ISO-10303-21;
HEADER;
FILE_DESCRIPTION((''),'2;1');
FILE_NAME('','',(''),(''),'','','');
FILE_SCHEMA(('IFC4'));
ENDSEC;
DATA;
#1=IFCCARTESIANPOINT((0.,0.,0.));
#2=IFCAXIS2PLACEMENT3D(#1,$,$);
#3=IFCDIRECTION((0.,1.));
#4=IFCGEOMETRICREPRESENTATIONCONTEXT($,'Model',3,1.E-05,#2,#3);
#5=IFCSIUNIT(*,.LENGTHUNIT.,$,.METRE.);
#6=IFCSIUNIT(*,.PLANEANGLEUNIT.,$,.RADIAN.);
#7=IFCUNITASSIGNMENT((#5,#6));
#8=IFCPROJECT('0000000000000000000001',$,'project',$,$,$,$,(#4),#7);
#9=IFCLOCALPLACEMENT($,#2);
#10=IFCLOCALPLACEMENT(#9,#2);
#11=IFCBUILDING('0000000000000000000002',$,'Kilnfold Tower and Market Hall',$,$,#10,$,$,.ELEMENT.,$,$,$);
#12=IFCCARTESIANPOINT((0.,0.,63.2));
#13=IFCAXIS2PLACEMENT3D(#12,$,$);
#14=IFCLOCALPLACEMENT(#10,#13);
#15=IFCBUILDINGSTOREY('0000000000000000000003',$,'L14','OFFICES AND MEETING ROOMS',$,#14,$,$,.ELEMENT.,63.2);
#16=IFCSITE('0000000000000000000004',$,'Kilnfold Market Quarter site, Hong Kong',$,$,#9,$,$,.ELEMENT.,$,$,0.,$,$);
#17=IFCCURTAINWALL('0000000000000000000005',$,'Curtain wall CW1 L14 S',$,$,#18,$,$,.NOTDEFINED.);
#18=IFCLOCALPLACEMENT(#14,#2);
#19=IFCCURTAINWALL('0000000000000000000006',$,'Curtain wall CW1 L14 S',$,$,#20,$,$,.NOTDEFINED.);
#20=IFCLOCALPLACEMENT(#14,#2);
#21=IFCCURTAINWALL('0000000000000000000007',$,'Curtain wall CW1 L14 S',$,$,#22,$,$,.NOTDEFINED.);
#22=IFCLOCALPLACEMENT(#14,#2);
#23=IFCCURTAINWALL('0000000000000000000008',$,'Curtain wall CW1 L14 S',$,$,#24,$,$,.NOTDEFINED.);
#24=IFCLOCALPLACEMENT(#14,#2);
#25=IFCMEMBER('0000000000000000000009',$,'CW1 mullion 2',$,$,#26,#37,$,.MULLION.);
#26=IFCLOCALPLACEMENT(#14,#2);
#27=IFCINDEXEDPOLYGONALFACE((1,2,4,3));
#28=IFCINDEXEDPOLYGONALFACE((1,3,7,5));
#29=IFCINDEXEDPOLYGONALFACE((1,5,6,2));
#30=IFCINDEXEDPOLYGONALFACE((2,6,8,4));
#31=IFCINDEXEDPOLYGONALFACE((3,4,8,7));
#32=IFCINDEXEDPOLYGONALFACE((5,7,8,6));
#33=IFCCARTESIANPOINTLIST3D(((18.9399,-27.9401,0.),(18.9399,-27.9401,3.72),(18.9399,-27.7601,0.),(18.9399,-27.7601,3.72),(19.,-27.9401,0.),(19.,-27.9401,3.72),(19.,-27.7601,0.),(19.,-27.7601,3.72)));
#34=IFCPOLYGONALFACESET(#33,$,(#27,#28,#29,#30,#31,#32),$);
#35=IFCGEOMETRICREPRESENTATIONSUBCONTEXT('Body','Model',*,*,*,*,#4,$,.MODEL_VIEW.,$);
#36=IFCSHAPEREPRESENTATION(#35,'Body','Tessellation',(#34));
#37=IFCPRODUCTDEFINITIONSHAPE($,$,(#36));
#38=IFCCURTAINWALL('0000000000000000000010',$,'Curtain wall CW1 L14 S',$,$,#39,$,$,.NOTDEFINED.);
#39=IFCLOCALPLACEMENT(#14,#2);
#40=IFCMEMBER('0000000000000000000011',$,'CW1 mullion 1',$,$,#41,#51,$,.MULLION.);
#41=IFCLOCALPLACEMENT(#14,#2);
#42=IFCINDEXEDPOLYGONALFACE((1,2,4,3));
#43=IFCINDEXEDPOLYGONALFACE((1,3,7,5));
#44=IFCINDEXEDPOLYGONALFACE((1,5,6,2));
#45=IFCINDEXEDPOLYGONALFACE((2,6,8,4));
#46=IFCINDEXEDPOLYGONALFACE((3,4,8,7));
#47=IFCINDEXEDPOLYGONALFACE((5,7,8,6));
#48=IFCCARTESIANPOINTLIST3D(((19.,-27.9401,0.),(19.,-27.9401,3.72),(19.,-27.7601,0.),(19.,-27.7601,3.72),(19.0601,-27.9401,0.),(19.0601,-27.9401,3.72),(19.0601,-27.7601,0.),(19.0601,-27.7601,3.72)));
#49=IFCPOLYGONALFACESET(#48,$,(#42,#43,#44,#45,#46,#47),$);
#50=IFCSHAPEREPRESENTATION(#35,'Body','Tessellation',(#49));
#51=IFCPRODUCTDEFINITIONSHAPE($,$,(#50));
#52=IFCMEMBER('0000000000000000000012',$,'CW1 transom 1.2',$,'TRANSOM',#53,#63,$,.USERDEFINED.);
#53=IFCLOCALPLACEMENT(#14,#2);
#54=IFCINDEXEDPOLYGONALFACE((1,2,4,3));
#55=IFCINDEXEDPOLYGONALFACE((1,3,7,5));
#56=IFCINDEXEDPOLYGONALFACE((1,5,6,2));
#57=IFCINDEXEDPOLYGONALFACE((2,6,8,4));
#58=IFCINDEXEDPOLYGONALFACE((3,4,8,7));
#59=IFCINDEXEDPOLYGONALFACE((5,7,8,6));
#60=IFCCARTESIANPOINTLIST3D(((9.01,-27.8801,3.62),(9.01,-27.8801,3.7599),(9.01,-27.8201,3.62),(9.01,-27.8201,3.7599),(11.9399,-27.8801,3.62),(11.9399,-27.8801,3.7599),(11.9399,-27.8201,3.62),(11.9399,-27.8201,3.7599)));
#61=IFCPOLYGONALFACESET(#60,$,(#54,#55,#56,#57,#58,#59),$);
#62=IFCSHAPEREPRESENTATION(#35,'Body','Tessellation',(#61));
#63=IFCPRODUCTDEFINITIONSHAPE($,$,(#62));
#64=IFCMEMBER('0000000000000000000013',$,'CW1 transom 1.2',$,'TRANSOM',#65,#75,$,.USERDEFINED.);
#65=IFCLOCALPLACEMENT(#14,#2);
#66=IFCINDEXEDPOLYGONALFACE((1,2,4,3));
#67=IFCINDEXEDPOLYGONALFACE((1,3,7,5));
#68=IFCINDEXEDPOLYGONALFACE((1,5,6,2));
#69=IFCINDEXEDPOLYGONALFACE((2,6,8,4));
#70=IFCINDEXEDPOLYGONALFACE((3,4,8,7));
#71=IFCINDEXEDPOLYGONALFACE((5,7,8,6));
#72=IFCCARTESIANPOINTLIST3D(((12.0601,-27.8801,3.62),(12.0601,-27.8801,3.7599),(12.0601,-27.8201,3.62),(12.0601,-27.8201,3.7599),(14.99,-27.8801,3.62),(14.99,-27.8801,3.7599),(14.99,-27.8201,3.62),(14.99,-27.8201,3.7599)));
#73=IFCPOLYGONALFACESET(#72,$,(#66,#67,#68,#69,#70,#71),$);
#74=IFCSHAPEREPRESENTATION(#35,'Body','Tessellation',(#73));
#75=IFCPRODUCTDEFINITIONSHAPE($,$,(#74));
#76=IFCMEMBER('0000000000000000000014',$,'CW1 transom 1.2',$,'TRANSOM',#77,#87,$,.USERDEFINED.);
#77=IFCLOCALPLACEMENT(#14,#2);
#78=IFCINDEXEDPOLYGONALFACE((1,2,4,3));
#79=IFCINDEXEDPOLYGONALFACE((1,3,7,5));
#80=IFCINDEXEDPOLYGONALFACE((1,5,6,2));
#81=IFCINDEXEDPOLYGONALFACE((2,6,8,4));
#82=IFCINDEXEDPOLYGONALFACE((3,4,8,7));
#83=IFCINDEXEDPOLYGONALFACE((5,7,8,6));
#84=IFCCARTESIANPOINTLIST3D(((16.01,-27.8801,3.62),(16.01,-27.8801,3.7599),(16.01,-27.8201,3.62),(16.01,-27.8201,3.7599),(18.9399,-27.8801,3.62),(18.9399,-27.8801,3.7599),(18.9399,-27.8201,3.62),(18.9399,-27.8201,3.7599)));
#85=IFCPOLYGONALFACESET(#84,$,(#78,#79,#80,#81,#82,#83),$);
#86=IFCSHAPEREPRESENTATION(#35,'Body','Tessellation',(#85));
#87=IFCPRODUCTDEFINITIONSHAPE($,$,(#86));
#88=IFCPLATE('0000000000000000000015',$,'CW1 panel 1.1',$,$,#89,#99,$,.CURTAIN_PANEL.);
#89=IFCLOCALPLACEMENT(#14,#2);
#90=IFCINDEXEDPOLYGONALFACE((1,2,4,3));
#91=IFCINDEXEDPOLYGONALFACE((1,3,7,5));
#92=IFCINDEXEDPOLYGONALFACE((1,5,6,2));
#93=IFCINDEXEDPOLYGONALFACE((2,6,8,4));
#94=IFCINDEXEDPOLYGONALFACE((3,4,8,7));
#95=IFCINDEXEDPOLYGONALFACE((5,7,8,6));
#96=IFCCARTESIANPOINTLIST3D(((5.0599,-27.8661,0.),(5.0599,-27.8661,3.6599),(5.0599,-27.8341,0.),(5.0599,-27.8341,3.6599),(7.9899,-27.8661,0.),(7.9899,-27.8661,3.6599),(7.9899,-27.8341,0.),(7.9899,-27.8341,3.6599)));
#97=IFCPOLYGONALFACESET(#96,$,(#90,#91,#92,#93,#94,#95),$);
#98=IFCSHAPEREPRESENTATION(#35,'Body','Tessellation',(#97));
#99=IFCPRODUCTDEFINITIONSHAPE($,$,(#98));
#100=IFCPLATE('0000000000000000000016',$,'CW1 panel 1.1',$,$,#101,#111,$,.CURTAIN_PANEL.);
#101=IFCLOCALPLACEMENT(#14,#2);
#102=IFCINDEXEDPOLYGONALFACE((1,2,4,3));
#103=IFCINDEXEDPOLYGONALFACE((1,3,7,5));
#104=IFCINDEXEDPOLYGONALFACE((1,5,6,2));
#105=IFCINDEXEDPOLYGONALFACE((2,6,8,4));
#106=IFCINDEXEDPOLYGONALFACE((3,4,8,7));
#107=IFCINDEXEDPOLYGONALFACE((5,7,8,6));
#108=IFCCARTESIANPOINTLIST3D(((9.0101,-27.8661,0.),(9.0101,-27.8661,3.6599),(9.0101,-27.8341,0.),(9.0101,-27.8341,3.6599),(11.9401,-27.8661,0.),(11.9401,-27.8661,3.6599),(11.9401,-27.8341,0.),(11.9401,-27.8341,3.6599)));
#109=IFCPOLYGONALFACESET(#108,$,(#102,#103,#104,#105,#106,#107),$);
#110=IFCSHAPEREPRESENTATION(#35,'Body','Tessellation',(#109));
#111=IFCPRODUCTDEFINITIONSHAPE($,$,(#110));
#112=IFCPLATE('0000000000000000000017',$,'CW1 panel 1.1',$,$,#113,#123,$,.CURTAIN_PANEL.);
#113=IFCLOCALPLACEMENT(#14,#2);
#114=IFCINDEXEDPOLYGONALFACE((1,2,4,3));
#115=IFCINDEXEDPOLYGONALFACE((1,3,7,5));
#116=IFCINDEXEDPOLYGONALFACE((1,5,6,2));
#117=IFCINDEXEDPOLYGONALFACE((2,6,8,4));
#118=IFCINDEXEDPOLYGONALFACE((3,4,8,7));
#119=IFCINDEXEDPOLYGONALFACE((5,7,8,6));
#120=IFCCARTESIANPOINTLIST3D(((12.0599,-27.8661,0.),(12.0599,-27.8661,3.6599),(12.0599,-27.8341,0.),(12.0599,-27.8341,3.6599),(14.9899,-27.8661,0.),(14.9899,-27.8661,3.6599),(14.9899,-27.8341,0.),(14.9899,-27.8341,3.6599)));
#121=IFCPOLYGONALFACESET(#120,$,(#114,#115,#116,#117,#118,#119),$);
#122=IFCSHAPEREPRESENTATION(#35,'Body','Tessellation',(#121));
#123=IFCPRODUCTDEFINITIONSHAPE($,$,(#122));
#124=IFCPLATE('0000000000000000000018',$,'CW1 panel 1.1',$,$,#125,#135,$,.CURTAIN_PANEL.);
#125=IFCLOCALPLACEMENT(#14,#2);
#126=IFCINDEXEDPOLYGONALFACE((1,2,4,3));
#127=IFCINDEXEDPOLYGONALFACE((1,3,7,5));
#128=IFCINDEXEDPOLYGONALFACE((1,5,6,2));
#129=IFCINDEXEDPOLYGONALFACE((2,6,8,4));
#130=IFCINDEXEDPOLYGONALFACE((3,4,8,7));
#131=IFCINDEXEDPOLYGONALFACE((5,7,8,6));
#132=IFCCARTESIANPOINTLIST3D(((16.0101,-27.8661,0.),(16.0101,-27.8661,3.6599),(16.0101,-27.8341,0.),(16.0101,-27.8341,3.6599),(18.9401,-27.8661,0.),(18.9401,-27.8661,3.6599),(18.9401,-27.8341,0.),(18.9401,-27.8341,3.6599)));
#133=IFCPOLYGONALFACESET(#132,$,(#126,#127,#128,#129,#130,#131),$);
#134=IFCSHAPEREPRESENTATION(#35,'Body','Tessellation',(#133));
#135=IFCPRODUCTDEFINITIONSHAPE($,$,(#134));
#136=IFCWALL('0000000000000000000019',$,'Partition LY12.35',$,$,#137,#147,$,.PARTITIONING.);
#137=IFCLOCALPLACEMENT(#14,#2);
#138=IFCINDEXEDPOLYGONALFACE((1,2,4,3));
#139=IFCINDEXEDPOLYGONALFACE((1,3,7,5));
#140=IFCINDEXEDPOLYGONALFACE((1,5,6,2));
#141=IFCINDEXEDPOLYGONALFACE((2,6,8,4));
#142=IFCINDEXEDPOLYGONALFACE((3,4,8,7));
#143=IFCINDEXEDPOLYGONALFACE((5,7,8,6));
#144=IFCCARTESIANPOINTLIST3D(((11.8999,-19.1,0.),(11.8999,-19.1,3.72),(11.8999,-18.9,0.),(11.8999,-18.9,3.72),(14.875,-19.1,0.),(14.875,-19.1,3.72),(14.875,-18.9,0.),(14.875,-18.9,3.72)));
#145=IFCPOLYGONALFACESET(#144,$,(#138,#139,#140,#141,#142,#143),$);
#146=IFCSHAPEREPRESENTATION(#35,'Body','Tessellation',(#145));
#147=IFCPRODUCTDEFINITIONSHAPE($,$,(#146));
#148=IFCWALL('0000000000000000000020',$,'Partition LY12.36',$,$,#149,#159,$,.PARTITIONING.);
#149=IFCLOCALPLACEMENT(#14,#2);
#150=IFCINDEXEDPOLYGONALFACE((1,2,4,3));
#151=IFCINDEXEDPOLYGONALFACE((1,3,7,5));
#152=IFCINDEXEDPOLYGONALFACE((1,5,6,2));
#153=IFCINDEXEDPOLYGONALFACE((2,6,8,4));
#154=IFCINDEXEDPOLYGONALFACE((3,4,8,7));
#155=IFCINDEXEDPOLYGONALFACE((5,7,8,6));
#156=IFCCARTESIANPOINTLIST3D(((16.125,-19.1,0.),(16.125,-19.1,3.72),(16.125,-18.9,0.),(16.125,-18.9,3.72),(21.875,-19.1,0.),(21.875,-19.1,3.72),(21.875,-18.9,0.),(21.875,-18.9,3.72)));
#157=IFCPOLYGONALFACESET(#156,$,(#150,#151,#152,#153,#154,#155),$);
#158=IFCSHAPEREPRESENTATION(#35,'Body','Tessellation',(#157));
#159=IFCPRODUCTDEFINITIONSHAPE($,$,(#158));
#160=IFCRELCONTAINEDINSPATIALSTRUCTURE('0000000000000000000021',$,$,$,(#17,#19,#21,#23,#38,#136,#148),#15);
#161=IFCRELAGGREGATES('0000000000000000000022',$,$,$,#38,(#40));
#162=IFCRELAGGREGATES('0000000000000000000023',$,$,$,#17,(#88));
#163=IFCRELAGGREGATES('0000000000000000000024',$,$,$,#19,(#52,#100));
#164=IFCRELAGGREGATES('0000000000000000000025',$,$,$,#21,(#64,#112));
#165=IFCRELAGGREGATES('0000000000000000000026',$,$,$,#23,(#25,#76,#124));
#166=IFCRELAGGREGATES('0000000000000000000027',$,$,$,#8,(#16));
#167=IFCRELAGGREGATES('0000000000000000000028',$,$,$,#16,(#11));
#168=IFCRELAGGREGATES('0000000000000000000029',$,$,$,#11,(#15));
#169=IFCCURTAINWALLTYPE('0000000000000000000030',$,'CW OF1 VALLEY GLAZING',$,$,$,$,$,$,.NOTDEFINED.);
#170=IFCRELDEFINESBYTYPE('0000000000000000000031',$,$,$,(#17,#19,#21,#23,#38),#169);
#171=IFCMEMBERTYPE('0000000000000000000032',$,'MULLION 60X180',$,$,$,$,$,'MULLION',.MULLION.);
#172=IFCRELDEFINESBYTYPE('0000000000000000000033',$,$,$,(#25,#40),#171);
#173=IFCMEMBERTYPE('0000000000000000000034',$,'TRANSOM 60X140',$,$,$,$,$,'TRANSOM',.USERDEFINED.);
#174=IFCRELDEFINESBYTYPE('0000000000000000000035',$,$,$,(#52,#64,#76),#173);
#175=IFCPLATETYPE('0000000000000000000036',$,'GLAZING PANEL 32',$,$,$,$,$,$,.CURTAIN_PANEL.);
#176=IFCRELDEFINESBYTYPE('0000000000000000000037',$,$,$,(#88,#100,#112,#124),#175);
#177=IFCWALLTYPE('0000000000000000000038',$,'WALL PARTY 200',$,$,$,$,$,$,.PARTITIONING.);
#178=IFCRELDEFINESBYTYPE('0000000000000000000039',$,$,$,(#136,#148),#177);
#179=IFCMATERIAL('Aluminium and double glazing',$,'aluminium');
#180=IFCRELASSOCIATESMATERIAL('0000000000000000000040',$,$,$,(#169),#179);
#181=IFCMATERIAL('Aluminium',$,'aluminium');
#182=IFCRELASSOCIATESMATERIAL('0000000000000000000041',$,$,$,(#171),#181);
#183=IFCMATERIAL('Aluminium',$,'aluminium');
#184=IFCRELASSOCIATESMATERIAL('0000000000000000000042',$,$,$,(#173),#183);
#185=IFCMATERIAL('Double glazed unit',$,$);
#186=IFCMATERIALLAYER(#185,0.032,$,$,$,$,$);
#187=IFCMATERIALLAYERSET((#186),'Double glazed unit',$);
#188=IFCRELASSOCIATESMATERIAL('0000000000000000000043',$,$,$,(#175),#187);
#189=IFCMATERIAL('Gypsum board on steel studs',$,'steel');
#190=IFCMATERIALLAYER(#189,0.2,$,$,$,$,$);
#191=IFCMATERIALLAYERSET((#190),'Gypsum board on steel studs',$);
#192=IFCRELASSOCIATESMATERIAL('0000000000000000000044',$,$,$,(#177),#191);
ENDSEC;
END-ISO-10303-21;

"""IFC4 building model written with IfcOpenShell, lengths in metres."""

from ifc_helpers import new_model, si_unit, direction, frame, frame_2d, origin, origin_2d, place, context, subcontext, project, spatial, rectangle, extrude, source, transform, mapped, material, layer, layer_set, material_profile, profile_set, type_object, element, aggregate, save


model = new_model("IFC4")

# Units and contexts
model_context = context("Model", 3, precision=1e-05, world=origin(), true_north=direction((0.0, 1.0)))
body_context = subcontext(model_context, "Body", "Model", "MODEL_VIEW")
ifc_project = project(units=[si_unit("LENGTHUNIT", "METRE"), si_unit("PLANEANGLEUNIT", "RADIAN")], contexts=[model_context])

# Site, building, storey
site_placement = place(None, origin())
site = spatial("IfcSite", under=ifc_project, at=site_placement, Name="Kilnfold Market Quarter site, Hong Kong", CompositionType="ELEMENT", RefElevation=0.0)
building_placement = place(site_placement, origin())
building = spatial("IfcBuilding", under=site, at=building_placement, Name="Kilnfold Tower and Market Hall", CompositionType="ELEMENT")
storey_placement = place(building_placement, frame((0.0, 0.0, 63.2)))
storey = spatial("IfcBuildingStorey", under=building, at=storey_placement, Name="L14", Description="OFFICES AND MEETING ROOMS", CompositionType="ELEMENT", Elevation=63.2)

# Curtain wall
ifc_material_1 = material(Name="Aluminium and double glazing", Category="aluminium")
curtain_wall_type = type_object("IfcCurtainWallType", Name="CW OF1 VALLEY GLAZING", PredefinedType="NOTDEFINED", material=ifc_material_1)
curtain_wall_1_placement = place(storey_placement, origin())
curtain_wall_1 = element("IfcCurtainWall", 1, at=curtain_wall_1_placement, inside=storey, type_object=curtain_wall_type, Name="Curtain wall CW1 L14 S", PredefinedType="NOTDEFINED")
ifc_material_2 = material(Name="Aluminium", Category="aluminium")
ifc_material_profile_1 = material_profile(ifc_material_2, rectangle(XDim=0.0601, YDim=0.1799, at=origin_2d()), Name="MULLION 60x180")
ifc_profile_set_1 = profile_set([ifc_material_profile_1], Name="Aluminium")
member_type_1 = type_object("IfcMemberType", Name="MULLION 60X180", ElementType="MULLION", PredefinedType="MULLION", material=ifc_profile_set_1)
shared_shape_1 = source(origin(), body_context, "Body", "SweptSolid", [
    extrude(rectangle(XDim=0.0601, YDim=0.1799, at=origin_2d()), origin(), (0.0, 0.0, 1.0), 3.72),
])

# Curtain walls, member
curtain_wall_2_placement = place(storey_placement, origin())
curtain_wall_2 = element("IfcCurtainWall", 2, at=curtain_wall_2_placement, inside=storey, type_object=curtain_wall_type, Name="Curtain wall CW1 L14 S", PredefinedType="NOTDEFINED")
curtain_wall_3_placement = place(storey_placement, origin())
curtain_wall_3 = element("IfcCurtainWall", 3, at=curtain_wall_3_placement, inside=storey, type_object=curtain_wall_type, Name="Curtain wall CW1 L14 S", PredefinedType="NOTDEFINED")
curtain_wall_4_placement = place(storey_placement, origin())
curtain_wall_4 = element("IfcCurtainWall", 4, at=curtain_wall_4_placement, inside=storey, type_object=curtain_wall_type, Name="Curtain wall CW1 L14 S", PredefinedType="NOTDEFINED")
member_1_placement = place(storey_placement, frame((18.97, -27.8501, 0.0), z_axis=(0.0, 0.0, 1.0), x_axis=(1.0, 0.0, 0.0)))
member_1 = element("IfcMember", 5, at=member_1_placement, type_object=member_type_1, Name="CW1 mullion 2", PredefinedType="MULLION", context=body_context, shape_type="MappedRepresentation", body=[
    mapped(shared_shape_1, transform((0.0, 0.0, 0.0))),
])

# Curtain wall, member
curtain_wall_5_placement = place(storey_placement, origin())
curtain_wall_5 = element("IfcCurtainWall", 6, at=curtain_wall_5_placement, inside=storey, type_object=curtain_wall_type, Name="Curtain wall CW1 L14 S", PredefinedType="NOTDEFINED")
member_2_placement = place(storey_placement, frame((19.03, -27.8501, 0.0), z_axis=(0.0, 0.0, 1.0), x_axis=(1.0, 0.0, 0.0)))
member_2 = element("IfcMember", 7, at=member_2_placement, type_object=member_type_1, Name="CW1 mullion 1", PredefinedType="MULLION", context=body_context, shape_type="MappedRepresentation", body=[
    mapped(shared_shape_1, transform((0.0, 0.0, 0.0))),
])
aggregate(curtain_wall_5, [member_2])

# Members
ifc_material_3 = material(Name="Aluminium", Category="aluminium")
ifc_material_profile_2 = material_profile(ifc_material_3, rectangle(XDim=0.0601, YDim=0.1399, at=origin_2d()), Name="TRANSOM 60x140")
ifc_profile_set_2 = profile_set([ifc_material_profile_2], Name="Aluminium")
member_type_2 = type_object("IfcMemberType", Name="TRANSOM 60X140", ElementType="TRANSOM", PredefinedType="USERDEFINED", material=ifc_profile_set_2)
shared_shape_2 = source(origin(), body_context, "Body", "SweptSolid", [
    extrude(rectangle(XDim=0.0601, YDim=0.1399, at=origin_2d()), origin(), (0.0, 0.0, 1.0), 2.9299),
])
member_3_placement = place(storey_placement, frame((9.01, -27.8501, 3.6899), z_axis=(1.0, 0.0, 0.0), x_axis=(0.0, 1.0, 0.0)))
member_3 = element("IfcMember", 8, at=member_3_placement, type_object=member_type_2, Name="CW1 transom 1.2", ObjectType="TRANSOM", PredefinedType="USERDEFINED", context=body_context, shape_type="MappedRepresentation", body=[
    mapped(shared_shape_2, transform((0.0, 0.0, 0.0))),
])
member_4_placement = place(storey_placement, frame((12.0601, -27.8501, 3.6899), z_axis=(1.0, 0.0, 0.0), x_axis=(0.0, 1.0, 0.0)))
member_4 = element("IfcMember", 9, at=member_4_placement, type_object=member_type_2, Name="CW1 transom 1.2", ObjectType="TRANSOM", PredefinedType="USERDEFINED", context=body_context, shape_type="MappedRepresentation", body=[
    mapped(shared_shape_2, transform((0.0, 0.0, 0.0))),
])
member_5_placement = place(storey_placement, frame((16.01, -27.8501, 3.6899), z_axis=(1.0, 0.0, 0.0), x_axis=(0.0, 1.0, 0.0)))
member_5 = element("IfcMember", 10, at=member_5_placement, type_object=member_type_2, Name="CW1 transom 1.2", ObjectType="TRANSOM", PredefinedType="USERDEFINED", context=body_context, shape_type="MappedRepresentation", body=[
    mapped(shared_shape_2, transform((0.0, 0.0, 0.0))),
])

# Plates
ifc_material_4 = material(Name="Double glazed unit")
ifc_layer_1 = layer(ifc_material_4, 0.032)
ifc_layer_set_1 = layer_set([ifc_layer_1], Name="Double glazed unit")
plate_type = type_object("IfcPlateType", Name="GLAZING PANEL 32", PredefinedType="CURTAIN_PANEL", material=ifc_layer_set_1)
shared_shape_3 = source(origin(), body_context, "Body", "SweptSolid", [
    extrude(rectangle(XDim=2.9299, YDim=0.032, at=origin_2d()), origin(), (0.0, 0.0, 1.0), 3.6599),
])
plate_1_placement = place(storey_placement, frame((6.5249, -27.8501, 0.0), z_axis=(0.0, 0.0, 1.0), x_axis=(1.0, 0.0, 0.0)))
plate_1 = element("IfcPlate", 11, at=plate_1_placement, type_object=plate_type, Name="CW1 panel 1.1", PredefinedType="CURTAIN_PANEL", context=body_context, shape_type="MappedRepresentation", body=[
    mapped(shared_shape_3, transform((0.0, 0.0, 0.0))),
])
aggregate(curtain_wall_1, [plate_1])
plate_2_placement = place(storey_placement, frame((10.4751, -27.8501, 0.0), z_axis=(0.0, 0.0, 1.0), x_axis=(1.0, 0.0, 0.0)))
plate_2 = element("IfcPlate", 12, at=plate_2_placement, type_object=plate_type, Name="CW1 panel 1.1", PredefinedType="CURTAIN_PANEL", context=body_context, shape_type="MappedRepresentation", body=[
    mapped(shared_shape_3, transform((0.0, 0.0, 0.0))),
])
aggregate(curtain_wall_2, [member_3, plate_2])
plate_3_placement = place(storey_placement, frame((13.5249, -27.8501, 0.0), z_axis=(0.0, 0.0, 1.0), x_axis=(1.0, 0.0, 0.0)))
plate_3 = element("IfcPlate", 13, at=plate_3_placement, type_object=plate_type, Name="CW1 panel 1.1", PredefinedType="CURTAIN_PANEL", context=body_context, shape_type="MappedRepresentation", body=[
    mapped(shared_shape_3, transform((0.0, 0.0, 0.0))),
])
aggregate(curtain_wall_3, [member_4, plate_3])
plate_4_placement = place(storey_placement, frame((17.4751, -27.8501, 0.0), z_axis=(0.0, 0.0, 1.0), x_axis=(1.0, 0.0, 0.0)))
plate_4 = element("IfcPlate", 14, at=plate_4_placement, type_object=plate_type, Name="CW1 panel 1.1", PredefinedType="CURTAIN_PANEL", context=body_context, shape_type="MappedRepresentation", body=[
    mapped(shared_shape_3, transform((0.0, 0.0, 0.0))),
])
aggregate(curtain_wall_4, [member_1, member_5, plate_4])

# Walls
ifc_material_5 = material(Name="Gypsum board on steel studs", Category="steel")
ifc_layer_2 = layer(ifc_material_5, 0.2)
ifc_layer_set_2 = layer_set([ifc_layer_2], Name="Gypsum board on steel studs")
wall_type = type_object("IfcWallType", Name="WALL PARTY 200", PredefinedType="PARTITIONING", material=ifc_layer_set_2)
wall_1_placement = place(storey_placement, frame((11.8999, -19.0, 0.0), z_axis=(0.0, 0.0, 1.0), x_axis=(1.0, 0.0, 0.0)))
element("IfcWall", 15, at=wall_1_placement, inside=storey, type_object=wall_type, Name="Partition LY12.35", PredefinedType="PARTITIONING", context=body_context, shape_type="SweptSolid", body=[
    extrude(rectangle(XDim=2.9751, YDim=0.2, at=frame_2d((1.4875, 0.0))), origin(), (0.0, 0.0, 1.0), 3.72),
])
wall_2_placement = place(storey_placement, frame((16.125, -19.0, 0.0), z_axis=(0.0, 0.0, 1.0), x_axis=(1.0, 0.0, 0.0)))
element("IfcWall", 16, at=wall_2_placement, inside=storey, type_object=wall_type, Name="Partition LY12.36", PredefinedType="PARTITIONING", context=body_context, shape_type="SweptSolid", body=[
    extrude(rectangle(XDim=5.75, YDim=0.2, at=frame_2d((2.875, 0.0))), origin(), (0.0, 0.0, 1.0), 3.72),
])

save(model, "model.ifc")
